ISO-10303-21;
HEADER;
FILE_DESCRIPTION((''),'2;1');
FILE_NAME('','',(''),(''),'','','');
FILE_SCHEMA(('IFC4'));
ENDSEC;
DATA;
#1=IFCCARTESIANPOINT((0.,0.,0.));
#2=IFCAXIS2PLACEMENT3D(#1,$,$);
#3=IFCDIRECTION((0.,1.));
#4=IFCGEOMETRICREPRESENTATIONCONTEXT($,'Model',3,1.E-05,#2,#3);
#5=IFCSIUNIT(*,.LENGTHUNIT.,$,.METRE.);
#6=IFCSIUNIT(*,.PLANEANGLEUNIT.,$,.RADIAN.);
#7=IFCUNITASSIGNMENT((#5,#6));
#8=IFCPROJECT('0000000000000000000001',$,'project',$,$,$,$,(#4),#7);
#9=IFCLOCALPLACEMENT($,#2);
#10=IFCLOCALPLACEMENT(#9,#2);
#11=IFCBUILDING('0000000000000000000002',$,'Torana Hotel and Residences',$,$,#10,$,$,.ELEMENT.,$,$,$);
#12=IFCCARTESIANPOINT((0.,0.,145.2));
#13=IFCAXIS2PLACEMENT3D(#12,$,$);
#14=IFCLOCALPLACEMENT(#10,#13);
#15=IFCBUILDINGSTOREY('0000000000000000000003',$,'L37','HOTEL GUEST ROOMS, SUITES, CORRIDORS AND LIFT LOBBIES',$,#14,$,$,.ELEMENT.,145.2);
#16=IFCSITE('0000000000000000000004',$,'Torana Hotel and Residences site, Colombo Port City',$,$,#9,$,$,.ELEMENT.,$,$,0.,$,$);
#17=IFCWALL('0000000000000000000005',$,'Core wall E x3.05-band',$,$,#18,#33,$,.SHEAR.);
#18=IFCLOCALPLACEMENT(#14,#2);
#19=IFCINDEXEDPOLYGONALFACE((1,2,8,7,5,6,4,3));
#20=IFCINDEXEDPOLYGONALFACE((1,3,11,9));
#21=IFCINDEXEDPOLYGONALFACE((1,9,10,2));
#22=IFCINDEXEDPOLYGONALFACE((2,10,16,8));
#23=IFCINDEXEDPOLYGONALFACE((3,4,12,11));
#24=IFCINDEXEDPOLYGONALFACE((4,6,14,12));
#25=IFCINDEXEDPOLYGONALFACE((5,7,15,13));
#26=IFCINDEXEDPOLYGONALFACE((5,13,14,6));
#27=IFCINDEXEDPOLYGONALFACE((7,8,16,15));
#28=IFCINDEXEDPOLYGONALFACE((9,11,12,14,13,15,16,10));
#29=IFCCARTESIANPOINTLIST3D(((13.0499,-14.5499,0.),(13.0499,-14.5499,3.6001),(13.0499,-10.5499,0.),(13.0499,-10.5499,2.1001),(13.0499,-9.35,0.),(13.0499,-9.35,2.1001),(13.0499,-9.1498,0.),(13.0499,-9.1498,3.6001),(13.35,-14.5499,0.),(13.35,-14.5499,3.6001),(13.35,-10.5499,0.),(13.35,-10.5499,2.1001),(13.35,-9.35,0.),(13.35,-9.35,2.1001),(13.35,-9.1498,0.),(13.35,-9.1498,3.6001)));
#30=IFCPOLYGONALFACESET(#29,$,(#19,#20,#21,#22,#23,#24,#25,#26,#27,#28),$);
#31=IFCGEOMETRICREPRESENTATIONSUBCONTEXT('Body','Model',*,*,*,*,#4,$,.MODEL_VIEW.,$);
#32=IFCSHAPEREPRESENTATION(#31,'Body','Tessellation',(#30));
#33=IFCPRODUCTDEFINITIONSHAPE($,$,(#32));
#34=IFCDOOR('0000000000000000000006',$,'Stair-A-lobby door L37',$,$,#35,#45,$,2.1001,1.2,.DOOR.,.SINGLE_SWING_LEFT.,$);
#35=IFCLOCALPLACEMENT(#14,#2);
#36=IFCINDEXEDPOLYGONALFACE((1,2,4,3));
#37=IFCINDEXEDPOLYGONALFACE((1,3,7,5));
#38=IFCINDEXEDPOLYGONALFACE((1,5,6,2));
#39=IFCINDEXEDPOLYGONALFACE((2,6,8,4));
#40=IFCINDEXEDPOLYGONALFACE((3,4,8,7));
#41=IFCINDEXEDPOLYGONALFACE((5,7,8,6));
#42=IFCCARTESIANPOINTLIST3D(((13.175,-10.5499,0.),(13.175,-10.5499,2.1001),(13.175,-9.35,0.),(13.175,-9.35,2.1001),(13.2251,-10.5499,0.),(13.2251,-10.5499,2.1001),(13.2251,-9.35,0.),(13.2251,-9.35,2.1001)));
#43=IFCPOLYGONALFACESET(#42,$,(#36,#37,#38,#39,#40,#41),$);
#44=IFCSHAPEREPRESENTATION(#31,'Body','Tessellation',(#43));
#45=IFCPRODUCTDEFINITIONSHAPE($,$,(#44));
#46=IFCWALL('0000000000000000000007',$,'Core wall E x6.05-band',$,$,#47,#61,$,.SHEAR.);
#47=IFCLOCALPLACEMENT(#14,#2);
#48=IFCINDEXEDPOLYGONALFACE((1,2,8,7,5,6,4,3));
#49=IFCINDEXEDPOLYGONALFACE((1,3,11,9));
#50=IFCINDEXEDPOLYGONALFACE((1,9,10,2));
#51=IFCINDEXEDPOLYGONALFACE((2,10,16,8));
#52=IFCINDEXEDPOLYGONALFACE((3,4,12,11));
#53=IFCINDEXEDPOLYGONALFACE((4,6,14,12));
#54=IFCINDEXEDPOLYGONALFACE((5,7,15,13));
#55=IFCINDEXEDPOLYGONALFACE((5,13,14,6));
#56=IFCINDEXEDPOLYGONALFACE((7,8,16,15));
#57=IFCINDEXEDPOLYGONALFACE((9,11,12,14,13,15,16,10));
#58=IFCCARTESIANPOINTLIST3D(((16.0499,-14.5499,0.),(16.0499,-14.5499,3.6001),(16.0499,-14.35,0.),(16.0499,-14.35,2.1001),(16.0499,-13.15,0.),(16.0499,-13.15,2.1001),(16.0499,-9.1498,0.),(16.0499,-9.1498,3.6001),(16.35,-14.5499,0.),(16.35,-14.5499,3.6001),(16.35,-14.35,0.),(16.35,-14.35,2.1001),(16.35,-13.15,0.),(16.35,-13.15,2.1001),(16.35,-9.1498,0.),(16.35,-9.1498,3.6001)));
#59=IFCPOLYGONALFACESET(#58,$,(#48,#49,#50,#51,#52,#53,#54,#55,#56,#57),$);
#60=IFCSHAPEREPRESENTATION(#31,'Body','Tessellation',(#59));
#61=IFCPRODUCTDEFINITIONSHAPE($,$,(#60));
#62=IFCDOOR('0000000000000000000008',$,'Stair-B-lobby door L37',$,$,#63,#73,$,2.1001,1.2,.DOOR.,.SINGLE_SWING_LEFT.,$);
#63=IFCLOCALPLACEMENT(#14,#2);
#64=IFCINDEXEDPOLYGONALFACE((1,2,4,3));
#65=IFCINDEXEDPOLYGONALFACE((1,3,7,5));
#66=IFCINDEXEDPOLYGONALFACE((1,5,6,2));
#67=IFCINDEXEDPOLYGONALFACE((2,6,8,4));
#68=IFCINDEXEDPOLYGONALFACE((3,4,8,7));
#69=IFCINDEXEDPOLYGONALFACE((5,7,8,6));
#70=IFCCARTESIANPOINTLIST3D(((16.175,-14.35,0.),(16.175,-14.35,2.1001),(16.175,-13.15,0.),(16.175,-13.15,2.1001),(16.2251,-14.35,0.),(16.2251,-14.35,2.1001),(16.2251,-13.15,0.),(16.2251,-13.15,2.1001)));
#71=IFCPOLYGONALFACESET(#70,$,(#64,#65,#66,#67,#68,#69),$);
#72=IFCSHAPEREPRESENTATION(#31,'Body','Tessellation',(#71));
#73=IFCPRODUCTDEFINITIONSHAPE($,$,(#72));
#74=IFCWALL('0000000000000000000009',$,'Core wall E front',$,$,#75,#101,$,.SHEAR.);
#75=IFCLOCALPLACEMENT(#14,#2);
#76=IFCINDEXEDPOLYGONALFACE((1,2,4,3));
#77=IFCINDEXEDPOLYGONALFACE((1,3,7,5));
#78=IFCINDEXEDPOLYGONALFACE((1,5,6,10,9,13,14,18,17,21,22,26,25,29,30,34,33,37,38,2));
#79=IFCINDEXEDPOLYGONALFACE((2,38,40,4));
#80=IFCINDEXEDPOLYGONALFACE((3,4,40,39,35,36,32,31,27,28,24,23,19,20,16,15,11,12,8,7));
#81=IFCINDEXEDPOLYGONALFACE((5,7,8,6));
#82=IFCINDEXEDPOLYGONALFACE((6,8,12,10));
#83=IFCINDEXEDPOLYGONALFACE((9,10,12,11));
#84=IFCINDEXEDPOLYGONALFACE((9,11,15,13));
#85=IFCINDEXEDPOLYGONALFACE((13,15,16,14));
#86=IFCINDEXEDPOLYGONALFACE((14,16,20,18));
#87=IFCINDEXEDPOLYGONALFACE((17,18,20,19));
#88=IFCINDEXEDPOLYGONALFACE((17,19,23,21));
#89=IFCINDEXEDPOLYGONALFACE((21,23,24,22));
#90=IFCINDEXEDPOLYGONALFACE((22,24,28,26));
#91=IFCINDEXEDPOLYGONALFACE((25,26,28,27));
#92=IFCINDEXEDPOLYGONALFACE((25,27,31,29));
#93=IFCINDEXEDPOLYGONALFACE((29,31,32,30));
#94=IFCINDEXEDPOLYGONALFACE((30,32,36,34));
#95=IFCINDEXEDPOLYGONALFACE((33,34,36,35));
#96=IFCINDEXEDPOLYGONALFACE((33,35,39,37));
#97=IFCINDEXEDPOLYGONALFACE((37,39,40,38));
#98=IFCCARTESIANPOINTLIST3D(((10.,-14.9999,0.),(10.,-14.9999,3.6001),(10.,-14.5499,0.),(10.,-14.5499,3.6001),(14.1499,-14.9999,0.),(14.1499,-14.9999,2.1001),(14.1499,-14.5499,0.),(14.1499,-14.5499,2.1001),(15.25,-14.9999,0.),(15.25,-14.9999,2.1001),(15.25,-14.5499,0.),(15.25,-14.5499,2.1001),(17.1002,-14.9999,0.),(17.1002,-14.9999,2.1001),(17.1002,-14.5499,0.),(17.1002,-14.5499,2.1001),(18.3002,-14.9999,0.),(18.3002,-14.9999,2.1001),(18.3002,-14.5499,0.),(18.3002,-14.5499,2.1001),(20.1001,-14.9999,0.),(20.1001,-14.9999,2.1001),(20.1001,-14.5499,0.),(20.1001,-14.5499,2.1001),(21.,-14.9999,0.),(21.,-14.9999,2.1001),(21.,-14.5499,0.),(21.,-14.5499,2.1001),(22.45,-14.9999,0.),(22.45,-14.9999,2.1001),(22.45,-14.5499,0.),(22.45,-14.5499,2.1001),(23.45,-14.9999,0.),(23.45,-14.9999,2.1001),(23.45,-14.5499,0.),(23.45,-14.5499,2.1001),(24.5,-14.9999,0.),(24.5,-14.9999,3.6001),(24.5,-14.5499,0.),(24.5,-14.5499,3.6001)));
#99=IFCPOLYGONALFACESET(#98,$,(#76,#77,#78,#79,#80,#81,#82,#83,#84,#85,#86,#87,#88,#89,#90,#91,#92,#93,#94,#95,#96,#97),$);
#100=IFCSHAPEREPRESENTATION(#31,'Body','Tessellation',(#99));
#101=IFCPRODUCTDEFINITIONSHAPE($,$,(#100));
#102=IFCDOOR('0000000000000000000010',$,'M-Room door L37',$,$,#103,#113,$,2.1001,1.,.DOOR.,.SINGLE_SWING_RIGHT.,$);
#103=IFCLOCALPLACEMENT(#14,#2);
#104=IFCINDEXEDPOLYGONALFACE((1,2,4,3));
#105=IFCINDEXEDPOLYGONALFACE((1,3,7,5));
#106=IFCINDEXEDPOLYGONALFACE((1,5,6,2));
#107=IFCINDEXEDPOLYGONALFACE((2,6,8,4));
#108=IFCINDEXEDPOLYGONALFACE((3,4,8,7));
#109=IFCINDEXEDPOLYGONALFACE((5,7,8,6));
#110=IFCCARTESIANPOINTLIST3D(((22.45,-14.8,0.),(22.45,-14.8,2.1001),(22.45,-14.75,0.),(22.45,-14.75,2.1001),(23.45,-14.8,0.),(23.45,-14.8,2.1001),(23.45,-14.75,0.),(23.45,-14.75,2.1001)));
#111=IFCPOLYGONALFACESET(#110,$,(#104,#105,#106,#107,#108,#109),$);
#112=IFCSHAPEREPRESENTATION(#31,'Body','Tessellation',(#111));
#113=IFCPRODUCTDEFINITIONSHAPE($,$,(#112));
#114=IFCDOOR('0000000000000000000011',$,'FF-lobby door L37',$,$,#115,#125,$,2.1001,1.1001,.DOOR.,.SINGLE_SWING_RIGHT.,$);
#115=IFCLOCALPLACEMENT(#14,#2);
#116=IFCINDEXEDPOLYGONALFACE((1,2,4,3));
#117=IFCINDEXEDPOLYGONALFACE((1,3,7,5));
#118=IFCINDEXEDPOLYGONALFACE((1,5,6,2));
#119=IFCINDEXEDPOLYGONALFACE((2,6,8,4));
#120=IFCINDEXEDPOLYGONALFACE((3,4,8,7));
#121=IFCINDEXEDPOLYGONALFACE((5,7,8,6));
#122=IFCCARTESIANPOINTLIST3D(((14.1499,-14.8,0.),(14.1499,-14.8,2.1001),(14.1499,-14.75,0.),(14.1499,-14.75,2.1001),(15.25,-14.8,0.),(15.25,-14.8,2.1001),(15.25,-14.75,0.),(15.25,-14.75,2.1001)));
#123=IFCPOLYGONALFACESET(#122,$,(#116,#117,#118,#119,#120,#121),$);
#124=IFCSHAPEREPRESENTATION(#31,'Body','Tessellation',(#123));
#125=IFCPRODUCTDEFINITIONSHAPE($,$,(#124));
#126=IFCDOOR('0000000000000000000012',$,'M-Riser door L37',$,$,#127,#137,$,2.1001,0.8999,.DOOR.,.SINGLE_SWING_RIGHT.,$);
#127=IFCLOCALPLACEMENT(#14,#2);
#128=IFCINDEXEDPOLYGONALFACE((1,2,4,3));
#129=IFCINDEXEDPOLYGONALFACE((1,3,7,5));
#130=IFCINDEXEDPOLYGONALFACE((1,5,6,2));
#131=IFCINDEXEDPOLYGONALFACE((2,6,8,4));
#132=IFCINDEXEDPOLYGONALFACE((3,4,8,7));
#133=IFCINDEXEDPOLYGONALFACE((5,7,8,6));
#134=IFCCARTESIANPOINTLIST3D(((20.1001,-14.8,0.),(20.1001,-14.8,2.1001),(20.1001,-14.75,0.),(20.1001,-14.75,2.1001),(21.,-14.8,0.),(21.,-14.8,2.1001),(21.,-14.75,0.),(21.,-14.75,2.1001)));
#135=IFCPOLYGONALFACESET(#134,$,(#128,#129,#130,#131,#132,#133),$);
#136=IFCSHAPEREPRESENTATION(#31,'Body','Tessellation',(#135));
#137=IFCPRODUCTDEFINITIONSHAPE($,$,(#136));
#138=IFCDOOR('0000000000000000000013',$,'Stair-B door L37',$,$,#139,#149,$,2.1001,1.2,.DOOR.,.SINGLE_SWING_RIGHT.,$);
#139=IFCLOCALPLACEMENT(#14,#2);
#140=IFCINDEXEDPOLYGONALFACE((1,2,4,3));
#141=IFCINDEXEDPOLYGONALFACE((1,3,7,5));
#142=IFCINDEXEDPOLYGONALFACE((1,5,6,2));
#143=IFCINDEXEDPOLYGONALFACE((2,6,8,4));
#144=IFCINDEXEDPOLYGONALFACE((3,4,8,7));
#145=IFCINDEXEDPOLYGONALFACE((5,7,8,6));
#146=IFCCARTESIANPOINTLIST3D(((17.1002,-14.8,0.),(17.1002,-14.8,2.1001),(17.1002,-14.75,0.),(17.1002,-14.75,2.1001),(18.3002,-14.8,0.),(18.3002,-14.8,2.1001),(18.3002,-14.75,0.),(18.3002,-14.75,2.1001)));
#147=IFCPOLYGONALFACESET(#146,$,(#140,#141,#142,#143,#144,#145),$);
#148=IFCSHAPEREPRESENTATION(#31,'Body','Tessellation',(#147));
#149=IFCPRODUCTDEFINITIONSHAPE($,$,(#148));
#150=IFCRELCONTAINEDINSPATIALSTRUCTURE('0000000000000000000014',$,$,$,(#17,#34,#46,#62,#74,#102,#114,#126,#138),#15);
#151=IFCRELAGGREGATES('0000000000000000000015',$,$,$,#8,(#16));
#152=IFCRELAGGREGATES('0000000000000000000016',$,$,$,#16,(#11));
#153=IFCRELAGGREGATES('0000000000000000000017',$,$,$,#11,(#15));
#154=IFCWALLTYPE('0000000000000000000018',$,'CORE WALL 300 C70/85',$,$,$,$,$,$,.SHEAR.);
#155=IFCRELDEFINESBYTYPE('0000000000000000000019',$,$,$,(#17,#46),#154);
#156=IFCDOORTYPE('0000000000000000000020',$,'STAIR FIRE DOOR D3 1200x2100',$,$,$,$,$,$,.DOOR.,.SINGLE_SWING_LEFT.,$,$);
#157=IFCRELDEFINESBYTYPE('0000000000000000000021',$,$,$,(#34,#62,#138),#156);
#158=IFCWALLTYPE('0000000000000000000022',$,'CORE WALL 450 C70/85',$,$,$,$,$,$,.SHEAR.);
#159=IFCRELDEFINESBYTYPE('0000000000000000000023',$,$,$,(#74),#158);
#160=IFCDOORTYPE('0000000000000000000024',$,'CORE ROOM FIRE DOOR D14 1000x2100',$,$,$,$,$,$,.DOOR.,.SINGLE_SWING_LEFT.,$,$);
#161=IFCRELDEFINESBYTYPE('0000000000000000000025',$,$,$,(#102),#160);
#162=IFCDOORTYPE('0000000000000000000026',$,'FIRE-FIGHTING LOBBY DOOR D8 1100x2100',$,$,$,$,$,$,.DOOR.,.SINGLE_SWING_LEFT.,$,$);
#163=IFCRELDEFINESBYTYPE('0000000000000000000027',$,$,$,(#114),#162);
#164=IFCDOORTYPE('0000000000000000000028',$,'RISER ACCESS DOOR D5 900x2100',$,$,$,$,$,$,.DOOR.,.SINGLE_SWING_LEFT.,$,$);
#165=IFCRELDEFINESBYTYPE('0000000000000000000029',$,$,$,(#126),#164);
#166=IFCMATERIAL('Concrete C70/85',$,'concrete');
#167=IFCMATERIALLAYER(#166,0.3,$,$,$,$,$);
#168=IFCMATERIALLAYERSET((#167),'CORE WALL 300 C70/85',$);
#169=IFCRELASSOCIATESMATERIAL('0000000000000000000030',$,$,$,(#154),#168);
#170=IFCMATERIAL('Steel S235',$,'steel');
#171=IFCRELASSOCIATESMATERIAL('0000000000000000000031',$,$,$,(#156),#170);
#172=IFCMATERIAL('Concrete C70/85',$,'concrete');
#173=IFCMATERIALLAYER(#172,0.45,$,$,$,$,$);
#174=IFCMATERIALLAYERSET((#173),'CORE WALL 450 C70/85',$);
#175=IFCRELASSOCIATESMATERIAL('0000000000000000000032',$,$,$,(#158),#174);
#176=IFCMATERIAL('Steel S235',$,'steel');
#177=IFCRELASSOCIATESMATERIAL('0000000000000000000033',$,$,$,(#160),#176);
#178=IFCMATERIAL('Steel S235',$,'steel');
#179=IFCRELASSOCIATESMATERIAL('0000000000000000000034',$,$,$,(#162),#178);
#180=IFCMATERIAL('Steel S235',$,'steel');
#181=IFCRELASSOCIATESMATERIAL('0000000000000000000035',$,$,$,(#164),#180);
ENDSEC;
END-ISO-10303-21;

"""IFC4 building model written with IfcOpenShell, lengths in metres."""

from ifc_helpers import new_model, si_unit, direction, frame, frame_2d, origin, place, context, subcontext, project, spatial, rectangle, extrude, material, layer, layer_set, type_object, element, fill, save


model = new_model("IFC4")

# Units and contexts
model_context = context("Model", 3, precision=1e-05, world=origin(), true_north=direction((0.0, 1.0)))
body_context = subcontext(model_context, "Body", "Model", "MODEL_VIEW")
ifc_project = project(units=[si_unit("LENGTHUNIT", "METRE"), si_unit("PLANEANGLEUNIT", "RADIAN")], contexts=[model_context])

# Site, building, storey
site_placement = place(None, origin())
site = spatial("IfcSite", under=ifc_project, at=site_placement, Name="Torana Hotel and Residences site, Colombo Port City", CompositionType="ELEMENT", RefElevation=0.0)
building_placement = place(site_placement, origin())
building = spatial("IfcBuilding", under=site, at=building_placement, Name="Torana Hotel and Residences", CompositionType="ELEMENT")
storey_placement = place(building_placement, frame((0.0, 0.0, 145.2)))
storey = spatial("IfcBuildingStorey", under=building, at=storey_placement, Name="L37", Description="HOTEL GUEST ROOMS, SUITES, CORRIDORS AND LIFT LOBBIES", CompositionType="ELEMENT", Elevation=145.2)

# Walls, openings, doors
ifc_material_1 = material(Name="Concrete C70/85", Category="concrete")
ifc_layer_1 = layer(ifc_material_1, 0.3)
ifc_layer_set_1 = layer_set([ifc_layer_1], Name="CORE WALL 300 C70/85")
wall_type_1 = type_object("IfcWallType", Name="CORE WALL 300 C70/85", PredefinedType="SHEAR", material=ifc_layer_set_1)
wall_1_placement = place(storey_placement, frame((13.2, -14.55, 0.0), z_axis=(0.0, 0.0, 1.0), x_axis=(0.0, 1.0, 0.0)))
wall_1 = element("IfcWall", 1, at=wall_1_placement, inside=storey, type_object=wall_type_1, Name="Core wall E x3.05-band", PredefinedType="SHEAR", context=body_context, shape_type="SweptSolid", body=[
    extrude(rectangle(XDim=5.4001, YDim=0.3, at=frame_2d((2.7002, 0.0))), origin(), (0.0, 0.0, 1.0), 3.6001),
])
opening_1_placement = place(wall_1_placement, frame((4.0, 0.0, 0.0)))
opening_1 = element("IfcOpeningElement", 2, at=opening_1_placement, cuts=wall_1, PredefinedType="OPENING", context=body_context, shape_type="SweptSolid", body=[
    extrude(rectangle(XDim=1.2, YDim=2.1001, at=frame_2d((0.6001, 1.05))), frame((0.0, 0.1599, 0.0), z_axis=(0.0, -1.0, 0.0), x_axis=(1.0, 0.0, 0.0)), (0.0, 0.0, 1.0), 0.3201),
])
ifc_material_2 = material(Name="Steel S235", Category="steel")
door_type_1 = type_object("IfcDoorType", Name="STAIR FIRE DOOR D3 1200x2100", OperationType="SINGLE_SWING_LEFT", PredefinedType="DOOR", material=ifc_material_2)
door_1_placement = place(opening_1_placement, origin())
door_1 = element("IfcDoor", 3, at=door_1_placement, inside=storey, type_object=door_type_1, Name="Stair-A-lobby door L37", OperationType="SINGLE_SWING_LEFT", OverallHeight=2.1001, OverallWidth=1.2, PredefinedType="DOOR", context=body_context, shape_type="SweptSolid", body=[
    extrude(rectangle(XDim=1.2, YDim=2.1001, at=frame_2d((0.6001, 1.05))), frame((0.0, 0.0249, 0.0), z_axis=(0.0, -1.0, 0.0), x_axis=(1.0, 0.0, 0.0)), (0.0, 0.0, 1.0), 0.05),
])
fill(opening_1, door_1)
wall_2_placement = place(storey_placement, frame((16.2, -14.55, 0.0), z_axis=(0.0, 0.0, 1.0), x_axis=(0.0, 1.0, 0.0)))
wall_2 = element("IfcWall", 4, at=wall_2_placement, inside=storey, type_object=wall_type_1, Name="Core wall E x6.05-band", PredefinedType="SHEAR", context=body_context, shape_type="SweptSolid", body=[
    extrude(rectangle(XDim=5.4001, YDim=0.3, at=frame_2d((2.7002, 0.0))), origin(), (0.0, 0.0, 1.0), 3.6001),
])
opening_2_placement = place(wall_2_placement, frame((0.2, 0.0, 0.0)))
opening_2 = element("IfcOpeningElement", 5, at=opening_2_placement, cuts=wall_2, PredefinedType="OPENING", context=body_context, shape_type="SweptSolid", body=[
    extrude(rectangle(XDim=1.2, YDim=2.1001, at=frame_2d((0.6001, 1.05))), frame((0.0, 0.1599, 0.0), z_axis=(0.0, -1.0, 0.0), x_axis=(1.0, 0.0, 0.0)), (0.0, 0.0, 1.0), 0.3201),
])
door_2_placement = place(opening_2_placement, frame((0.6001, 0.0, 0.0), z_axis=(0.0, 0.0, 1.0), x_axis=(-1.0, 0.0, 0.0)))
door_2 = element("IfcDoor", 6, at=door_2_placement, inside=storey, type_object=door_type_1, Name="Stair-B-lobby door L37", OperationType="SINGLE_SWING_LEFT", OverallHeight=2.1001, OverallWidth=1.2, PredefinedType="DOOR", context=body_context, shape_type="SweptSolid", body=[
    extrude(rectangle(XDim=1.2, YDim=2.1001, at=frame_2d((0.0, 1.05))), frame((0.0, -0.0249, 0.0), z_axis=(0.0, 1.0, 0.0), x_axis=(-1.0, 0.0, 0.0)), (0.0, 0.0, 1.0), 0.05),
])
fill(opening_2, door_2)

# Wall, openings, doors
ifc_material_3 = material(Name="Concrete C70/85", Category="concrete")
ifc_layer_2 = layer(ifc_material_3, 0.45)
ifc_layer_set_2 = layer_set([ifc_layer_2], Name="CORE WALL 450 C70/85")
wall_type_2 = type_object("IfcWallType", Name="CORE WALL 450 C70/85", PredefinedType="SHEAR", material=ifc_layer_set_2)
wall_3_placement = place(storey_placement, frame((10.0, -14.7749, 0.0), z_axis=(0.0, 0.0, 1.0), x_axis=(1.0, 0.0, 0.0)))
wall_3 = element("IfcWall", 7, at=wall_3_placement, inside=storey, type_object=wall_type_2, Name="Core wall E front", PredefinedType="SHEAR", context=body_context, shape_type="SweptSolid", body=[
    extrude(rectangle(XDim=14.5, YDim=0.45, at=frame_2d((7.25, 0.0))), origin(), (0.0, 0.0, 1.0), 3.6001),
])
opening_3_placement = place(wall_3_placement, frame((7.1001, 0.0, 0.0)))
opening_3 = element("IfcOpeningElement", 8, at=opening_3_placement, cuts=wall_3, PredefinedType="OPENING", context=body_context, shape_type="SweptSolid", body=[
    extrude(rectangle(XDim=1.2, YDim=2.1001, at=frame_2d((0.6001, 1.05))), frame((0.0, 0.2349, 0.0), z_axis=(0.0, -1.0, 0.0), x_axis=(1.0, 0.0, 0.0)), (0.0, 0.0, 1.0), 0.47),
])
opening_4_placement = place(wall_3_placement, frame((4.1499, 0.0, 0.0)))
opening_4 = element("IfcOpeningElement", 9, at=opening_4_placement, cuts=wall_3, PredefinedType="OPENING", context=body_context, shape_type="SweptSolid", body=[
    extrude(rectangle(XDim=1.1001, YDim=2.1001, at=frame_2d((0.55, 1.05))), frame((0.0, 0.2349, 0.0), z_axis=(0.0, -1.0, 0.0), x_axis=(1.0, 0.0, 0.0)), (0.0, 0.0, 1.0), 0.47),
])
opening_5_placement = place(wall_3_placement, frame((10.1001, 0.0, 0.0)))
opening_5 = element("IfcOpeningElement", 10, at=opening_5_placement, cuts=wall_3, PredefinedType="OPENING", context=body_context, shape_type="SweptSolid", body=[
    extrude(rectangle(XDim=0.8999, YDim=2.1001, at=frame_2d((0.45, 1.05))), frame((0.0, 0.2349, 0.0), z_axis=(0.0, -1.0, 0.0), x_axis=(1.0, 0.0, 0.0)), (0.0, 0.0, 1.0), 0.47),
])
opening_6_placement = place(wall_3_placement, frame((12.45, 0.0, 0.0)))
opening_6 = element("IfcOpeningElement", 11, at=opening_6_placement, cuts=wall_3, PredefinedType="OPENING", context=body_context, shape_type="SweptSolid", body=[
    extrude(rectangle(XDim=1.0, YDim=2.1001, at=frame_2d((0.5, 1.05))), frame((0.0, 0.2349, 0.0), z_axis=(0.0, -1.0, 0.0), x_axis=(1.0, 0.0, 0.0)), (0.0, 0.0, 1.0), 0.47),
])
ifc_material_4 = material(Name="Steel S235", Category="steel")
door_type_2 = type_object("IfcDoorType", Name="CORE ROOM FIRE DOOR D14 1000x2100", OperationType="SINGLE_SWING_LEFT", PredefinedType="DOOR", material=ifc_material_4)
door_3_placement = place(opening_6_placement, origin())
door_3 = element("IfcDoor", 12, at=door_3_placement, inside=storey, type_object=door_type_2, Name="M-Room door L37", OperationType="SINGLE_SWING_RIGHT", OverallHeight=2.1001, OverallWidth=1.0, PredefinedType="DOOR", context=body_context, shape_type="SweptSolid", body=[
    extrude(rectangle(XDim=1.0, YDim=2.1001, at=frame_2d((0.5, 1.05))), frame((0.0, 0.0249, 0.0), z_axis=(0.0, -1.0, 0.0), x_axis=(1.0, 0.0, 0.0)), (0.0, 0.0, 1.0), 0.05),
])
fill(opening_6, door_3)
ifc_material_5 = material(Name="Steel S235", Category="steel")
door_type_3 = type_object("IfcDoorType", Name="FIRE-FIGHTING LOBBY DOOR D8 1100x2100", OperationType="SINGLE_SWING_LEFT", PredefinedType="DOOR", material=ifc_material_5)
door_4_placement = place(opening_4_placement, origin())
door_4 = element("IfcDoor", 13, at=door_4_placement, inside=storey, type_object=door_type_3, Name="FF-lobby door L37", OperationType="SINGLE_SWING_RIGHT", OverallHeight=2.1001, OverallWidth=1.1001, PredefinedType="DOOR", context=body_context, shape_type="SweptSolid", body=[
    extrude(rectangle(XDim=1.1001, YDim=2.1001, at=frame_2d((0.55, 1.05))), frame((0.0, 0.0249, 0.0), z_axis=(0.0, -1.0, 0.0), x_axis=(1.0, 0.0, 0.0)), (0.0, 0.0, 1.0), 0.05),
])
fill(opening_4, door_4)
ifc_material_6 = material(Name="Steel S235", Category="steel")
door_type_4 = type_object("IfcDoorType", Name="RISER ACCESS DOOR D5 900x2100", OperationType="SINGLE_SWING_LEFT", PredefinedType="DOOR", material=ifc_material_6)
door_5_placement = place(opening_5_placement, origin())
door_5 = element("IfcDoor", 14, at=door_5_placement, inside=storey, type_object=door_type_4, Name="M-Riser door L37", OperationType="SINGLE_SWING_RIGHT", OverallHeight=2.1001, OverallWidth=0.8999, PredefinedType="DOOR", context=body_context, shape_type="SweptSolid", body=[
    extrude(rectangle(XDim=0.8999, YDim=2.1001, at=frame_2d((0.45, 1.05))), frame((0.0, 0.0249, 0.0), z_axis=(0.0, -1.0, 0.0), x_axis=(1.0, 0.0, 0.0)), (0.0, 0.0, 1.0), 0.05),
])
fill(opening_5, door_5)
door_6_placement = place(opening_3_placement, origin())
door_6 = element("IfcDoor", 15, at=door_6_placement, inside=storey, type_object=door_type_1, Name="Stair-B door L37", OperationType="SINGLE_SWING_RIGHT", OverallHeight=2.1001, OverallWidth=1.2, PredefinedType="DOOR", context=body_context, shape_type="SweptSolid", body=[
    extrude(rectangle(XDim=1.2, YDim=2.1001, at=frame_2d((0.6001, 1.05))), frame((0.0, 0.0249, 0.0), z_axis=(0.0, -1.0, 0.0), x_axis=(1.0, 0.0, 0.0)), (0.0, 0.0, 1.0), 0.05),
])
fill(opening_3, door_6)

save(model, "model.ifc")
